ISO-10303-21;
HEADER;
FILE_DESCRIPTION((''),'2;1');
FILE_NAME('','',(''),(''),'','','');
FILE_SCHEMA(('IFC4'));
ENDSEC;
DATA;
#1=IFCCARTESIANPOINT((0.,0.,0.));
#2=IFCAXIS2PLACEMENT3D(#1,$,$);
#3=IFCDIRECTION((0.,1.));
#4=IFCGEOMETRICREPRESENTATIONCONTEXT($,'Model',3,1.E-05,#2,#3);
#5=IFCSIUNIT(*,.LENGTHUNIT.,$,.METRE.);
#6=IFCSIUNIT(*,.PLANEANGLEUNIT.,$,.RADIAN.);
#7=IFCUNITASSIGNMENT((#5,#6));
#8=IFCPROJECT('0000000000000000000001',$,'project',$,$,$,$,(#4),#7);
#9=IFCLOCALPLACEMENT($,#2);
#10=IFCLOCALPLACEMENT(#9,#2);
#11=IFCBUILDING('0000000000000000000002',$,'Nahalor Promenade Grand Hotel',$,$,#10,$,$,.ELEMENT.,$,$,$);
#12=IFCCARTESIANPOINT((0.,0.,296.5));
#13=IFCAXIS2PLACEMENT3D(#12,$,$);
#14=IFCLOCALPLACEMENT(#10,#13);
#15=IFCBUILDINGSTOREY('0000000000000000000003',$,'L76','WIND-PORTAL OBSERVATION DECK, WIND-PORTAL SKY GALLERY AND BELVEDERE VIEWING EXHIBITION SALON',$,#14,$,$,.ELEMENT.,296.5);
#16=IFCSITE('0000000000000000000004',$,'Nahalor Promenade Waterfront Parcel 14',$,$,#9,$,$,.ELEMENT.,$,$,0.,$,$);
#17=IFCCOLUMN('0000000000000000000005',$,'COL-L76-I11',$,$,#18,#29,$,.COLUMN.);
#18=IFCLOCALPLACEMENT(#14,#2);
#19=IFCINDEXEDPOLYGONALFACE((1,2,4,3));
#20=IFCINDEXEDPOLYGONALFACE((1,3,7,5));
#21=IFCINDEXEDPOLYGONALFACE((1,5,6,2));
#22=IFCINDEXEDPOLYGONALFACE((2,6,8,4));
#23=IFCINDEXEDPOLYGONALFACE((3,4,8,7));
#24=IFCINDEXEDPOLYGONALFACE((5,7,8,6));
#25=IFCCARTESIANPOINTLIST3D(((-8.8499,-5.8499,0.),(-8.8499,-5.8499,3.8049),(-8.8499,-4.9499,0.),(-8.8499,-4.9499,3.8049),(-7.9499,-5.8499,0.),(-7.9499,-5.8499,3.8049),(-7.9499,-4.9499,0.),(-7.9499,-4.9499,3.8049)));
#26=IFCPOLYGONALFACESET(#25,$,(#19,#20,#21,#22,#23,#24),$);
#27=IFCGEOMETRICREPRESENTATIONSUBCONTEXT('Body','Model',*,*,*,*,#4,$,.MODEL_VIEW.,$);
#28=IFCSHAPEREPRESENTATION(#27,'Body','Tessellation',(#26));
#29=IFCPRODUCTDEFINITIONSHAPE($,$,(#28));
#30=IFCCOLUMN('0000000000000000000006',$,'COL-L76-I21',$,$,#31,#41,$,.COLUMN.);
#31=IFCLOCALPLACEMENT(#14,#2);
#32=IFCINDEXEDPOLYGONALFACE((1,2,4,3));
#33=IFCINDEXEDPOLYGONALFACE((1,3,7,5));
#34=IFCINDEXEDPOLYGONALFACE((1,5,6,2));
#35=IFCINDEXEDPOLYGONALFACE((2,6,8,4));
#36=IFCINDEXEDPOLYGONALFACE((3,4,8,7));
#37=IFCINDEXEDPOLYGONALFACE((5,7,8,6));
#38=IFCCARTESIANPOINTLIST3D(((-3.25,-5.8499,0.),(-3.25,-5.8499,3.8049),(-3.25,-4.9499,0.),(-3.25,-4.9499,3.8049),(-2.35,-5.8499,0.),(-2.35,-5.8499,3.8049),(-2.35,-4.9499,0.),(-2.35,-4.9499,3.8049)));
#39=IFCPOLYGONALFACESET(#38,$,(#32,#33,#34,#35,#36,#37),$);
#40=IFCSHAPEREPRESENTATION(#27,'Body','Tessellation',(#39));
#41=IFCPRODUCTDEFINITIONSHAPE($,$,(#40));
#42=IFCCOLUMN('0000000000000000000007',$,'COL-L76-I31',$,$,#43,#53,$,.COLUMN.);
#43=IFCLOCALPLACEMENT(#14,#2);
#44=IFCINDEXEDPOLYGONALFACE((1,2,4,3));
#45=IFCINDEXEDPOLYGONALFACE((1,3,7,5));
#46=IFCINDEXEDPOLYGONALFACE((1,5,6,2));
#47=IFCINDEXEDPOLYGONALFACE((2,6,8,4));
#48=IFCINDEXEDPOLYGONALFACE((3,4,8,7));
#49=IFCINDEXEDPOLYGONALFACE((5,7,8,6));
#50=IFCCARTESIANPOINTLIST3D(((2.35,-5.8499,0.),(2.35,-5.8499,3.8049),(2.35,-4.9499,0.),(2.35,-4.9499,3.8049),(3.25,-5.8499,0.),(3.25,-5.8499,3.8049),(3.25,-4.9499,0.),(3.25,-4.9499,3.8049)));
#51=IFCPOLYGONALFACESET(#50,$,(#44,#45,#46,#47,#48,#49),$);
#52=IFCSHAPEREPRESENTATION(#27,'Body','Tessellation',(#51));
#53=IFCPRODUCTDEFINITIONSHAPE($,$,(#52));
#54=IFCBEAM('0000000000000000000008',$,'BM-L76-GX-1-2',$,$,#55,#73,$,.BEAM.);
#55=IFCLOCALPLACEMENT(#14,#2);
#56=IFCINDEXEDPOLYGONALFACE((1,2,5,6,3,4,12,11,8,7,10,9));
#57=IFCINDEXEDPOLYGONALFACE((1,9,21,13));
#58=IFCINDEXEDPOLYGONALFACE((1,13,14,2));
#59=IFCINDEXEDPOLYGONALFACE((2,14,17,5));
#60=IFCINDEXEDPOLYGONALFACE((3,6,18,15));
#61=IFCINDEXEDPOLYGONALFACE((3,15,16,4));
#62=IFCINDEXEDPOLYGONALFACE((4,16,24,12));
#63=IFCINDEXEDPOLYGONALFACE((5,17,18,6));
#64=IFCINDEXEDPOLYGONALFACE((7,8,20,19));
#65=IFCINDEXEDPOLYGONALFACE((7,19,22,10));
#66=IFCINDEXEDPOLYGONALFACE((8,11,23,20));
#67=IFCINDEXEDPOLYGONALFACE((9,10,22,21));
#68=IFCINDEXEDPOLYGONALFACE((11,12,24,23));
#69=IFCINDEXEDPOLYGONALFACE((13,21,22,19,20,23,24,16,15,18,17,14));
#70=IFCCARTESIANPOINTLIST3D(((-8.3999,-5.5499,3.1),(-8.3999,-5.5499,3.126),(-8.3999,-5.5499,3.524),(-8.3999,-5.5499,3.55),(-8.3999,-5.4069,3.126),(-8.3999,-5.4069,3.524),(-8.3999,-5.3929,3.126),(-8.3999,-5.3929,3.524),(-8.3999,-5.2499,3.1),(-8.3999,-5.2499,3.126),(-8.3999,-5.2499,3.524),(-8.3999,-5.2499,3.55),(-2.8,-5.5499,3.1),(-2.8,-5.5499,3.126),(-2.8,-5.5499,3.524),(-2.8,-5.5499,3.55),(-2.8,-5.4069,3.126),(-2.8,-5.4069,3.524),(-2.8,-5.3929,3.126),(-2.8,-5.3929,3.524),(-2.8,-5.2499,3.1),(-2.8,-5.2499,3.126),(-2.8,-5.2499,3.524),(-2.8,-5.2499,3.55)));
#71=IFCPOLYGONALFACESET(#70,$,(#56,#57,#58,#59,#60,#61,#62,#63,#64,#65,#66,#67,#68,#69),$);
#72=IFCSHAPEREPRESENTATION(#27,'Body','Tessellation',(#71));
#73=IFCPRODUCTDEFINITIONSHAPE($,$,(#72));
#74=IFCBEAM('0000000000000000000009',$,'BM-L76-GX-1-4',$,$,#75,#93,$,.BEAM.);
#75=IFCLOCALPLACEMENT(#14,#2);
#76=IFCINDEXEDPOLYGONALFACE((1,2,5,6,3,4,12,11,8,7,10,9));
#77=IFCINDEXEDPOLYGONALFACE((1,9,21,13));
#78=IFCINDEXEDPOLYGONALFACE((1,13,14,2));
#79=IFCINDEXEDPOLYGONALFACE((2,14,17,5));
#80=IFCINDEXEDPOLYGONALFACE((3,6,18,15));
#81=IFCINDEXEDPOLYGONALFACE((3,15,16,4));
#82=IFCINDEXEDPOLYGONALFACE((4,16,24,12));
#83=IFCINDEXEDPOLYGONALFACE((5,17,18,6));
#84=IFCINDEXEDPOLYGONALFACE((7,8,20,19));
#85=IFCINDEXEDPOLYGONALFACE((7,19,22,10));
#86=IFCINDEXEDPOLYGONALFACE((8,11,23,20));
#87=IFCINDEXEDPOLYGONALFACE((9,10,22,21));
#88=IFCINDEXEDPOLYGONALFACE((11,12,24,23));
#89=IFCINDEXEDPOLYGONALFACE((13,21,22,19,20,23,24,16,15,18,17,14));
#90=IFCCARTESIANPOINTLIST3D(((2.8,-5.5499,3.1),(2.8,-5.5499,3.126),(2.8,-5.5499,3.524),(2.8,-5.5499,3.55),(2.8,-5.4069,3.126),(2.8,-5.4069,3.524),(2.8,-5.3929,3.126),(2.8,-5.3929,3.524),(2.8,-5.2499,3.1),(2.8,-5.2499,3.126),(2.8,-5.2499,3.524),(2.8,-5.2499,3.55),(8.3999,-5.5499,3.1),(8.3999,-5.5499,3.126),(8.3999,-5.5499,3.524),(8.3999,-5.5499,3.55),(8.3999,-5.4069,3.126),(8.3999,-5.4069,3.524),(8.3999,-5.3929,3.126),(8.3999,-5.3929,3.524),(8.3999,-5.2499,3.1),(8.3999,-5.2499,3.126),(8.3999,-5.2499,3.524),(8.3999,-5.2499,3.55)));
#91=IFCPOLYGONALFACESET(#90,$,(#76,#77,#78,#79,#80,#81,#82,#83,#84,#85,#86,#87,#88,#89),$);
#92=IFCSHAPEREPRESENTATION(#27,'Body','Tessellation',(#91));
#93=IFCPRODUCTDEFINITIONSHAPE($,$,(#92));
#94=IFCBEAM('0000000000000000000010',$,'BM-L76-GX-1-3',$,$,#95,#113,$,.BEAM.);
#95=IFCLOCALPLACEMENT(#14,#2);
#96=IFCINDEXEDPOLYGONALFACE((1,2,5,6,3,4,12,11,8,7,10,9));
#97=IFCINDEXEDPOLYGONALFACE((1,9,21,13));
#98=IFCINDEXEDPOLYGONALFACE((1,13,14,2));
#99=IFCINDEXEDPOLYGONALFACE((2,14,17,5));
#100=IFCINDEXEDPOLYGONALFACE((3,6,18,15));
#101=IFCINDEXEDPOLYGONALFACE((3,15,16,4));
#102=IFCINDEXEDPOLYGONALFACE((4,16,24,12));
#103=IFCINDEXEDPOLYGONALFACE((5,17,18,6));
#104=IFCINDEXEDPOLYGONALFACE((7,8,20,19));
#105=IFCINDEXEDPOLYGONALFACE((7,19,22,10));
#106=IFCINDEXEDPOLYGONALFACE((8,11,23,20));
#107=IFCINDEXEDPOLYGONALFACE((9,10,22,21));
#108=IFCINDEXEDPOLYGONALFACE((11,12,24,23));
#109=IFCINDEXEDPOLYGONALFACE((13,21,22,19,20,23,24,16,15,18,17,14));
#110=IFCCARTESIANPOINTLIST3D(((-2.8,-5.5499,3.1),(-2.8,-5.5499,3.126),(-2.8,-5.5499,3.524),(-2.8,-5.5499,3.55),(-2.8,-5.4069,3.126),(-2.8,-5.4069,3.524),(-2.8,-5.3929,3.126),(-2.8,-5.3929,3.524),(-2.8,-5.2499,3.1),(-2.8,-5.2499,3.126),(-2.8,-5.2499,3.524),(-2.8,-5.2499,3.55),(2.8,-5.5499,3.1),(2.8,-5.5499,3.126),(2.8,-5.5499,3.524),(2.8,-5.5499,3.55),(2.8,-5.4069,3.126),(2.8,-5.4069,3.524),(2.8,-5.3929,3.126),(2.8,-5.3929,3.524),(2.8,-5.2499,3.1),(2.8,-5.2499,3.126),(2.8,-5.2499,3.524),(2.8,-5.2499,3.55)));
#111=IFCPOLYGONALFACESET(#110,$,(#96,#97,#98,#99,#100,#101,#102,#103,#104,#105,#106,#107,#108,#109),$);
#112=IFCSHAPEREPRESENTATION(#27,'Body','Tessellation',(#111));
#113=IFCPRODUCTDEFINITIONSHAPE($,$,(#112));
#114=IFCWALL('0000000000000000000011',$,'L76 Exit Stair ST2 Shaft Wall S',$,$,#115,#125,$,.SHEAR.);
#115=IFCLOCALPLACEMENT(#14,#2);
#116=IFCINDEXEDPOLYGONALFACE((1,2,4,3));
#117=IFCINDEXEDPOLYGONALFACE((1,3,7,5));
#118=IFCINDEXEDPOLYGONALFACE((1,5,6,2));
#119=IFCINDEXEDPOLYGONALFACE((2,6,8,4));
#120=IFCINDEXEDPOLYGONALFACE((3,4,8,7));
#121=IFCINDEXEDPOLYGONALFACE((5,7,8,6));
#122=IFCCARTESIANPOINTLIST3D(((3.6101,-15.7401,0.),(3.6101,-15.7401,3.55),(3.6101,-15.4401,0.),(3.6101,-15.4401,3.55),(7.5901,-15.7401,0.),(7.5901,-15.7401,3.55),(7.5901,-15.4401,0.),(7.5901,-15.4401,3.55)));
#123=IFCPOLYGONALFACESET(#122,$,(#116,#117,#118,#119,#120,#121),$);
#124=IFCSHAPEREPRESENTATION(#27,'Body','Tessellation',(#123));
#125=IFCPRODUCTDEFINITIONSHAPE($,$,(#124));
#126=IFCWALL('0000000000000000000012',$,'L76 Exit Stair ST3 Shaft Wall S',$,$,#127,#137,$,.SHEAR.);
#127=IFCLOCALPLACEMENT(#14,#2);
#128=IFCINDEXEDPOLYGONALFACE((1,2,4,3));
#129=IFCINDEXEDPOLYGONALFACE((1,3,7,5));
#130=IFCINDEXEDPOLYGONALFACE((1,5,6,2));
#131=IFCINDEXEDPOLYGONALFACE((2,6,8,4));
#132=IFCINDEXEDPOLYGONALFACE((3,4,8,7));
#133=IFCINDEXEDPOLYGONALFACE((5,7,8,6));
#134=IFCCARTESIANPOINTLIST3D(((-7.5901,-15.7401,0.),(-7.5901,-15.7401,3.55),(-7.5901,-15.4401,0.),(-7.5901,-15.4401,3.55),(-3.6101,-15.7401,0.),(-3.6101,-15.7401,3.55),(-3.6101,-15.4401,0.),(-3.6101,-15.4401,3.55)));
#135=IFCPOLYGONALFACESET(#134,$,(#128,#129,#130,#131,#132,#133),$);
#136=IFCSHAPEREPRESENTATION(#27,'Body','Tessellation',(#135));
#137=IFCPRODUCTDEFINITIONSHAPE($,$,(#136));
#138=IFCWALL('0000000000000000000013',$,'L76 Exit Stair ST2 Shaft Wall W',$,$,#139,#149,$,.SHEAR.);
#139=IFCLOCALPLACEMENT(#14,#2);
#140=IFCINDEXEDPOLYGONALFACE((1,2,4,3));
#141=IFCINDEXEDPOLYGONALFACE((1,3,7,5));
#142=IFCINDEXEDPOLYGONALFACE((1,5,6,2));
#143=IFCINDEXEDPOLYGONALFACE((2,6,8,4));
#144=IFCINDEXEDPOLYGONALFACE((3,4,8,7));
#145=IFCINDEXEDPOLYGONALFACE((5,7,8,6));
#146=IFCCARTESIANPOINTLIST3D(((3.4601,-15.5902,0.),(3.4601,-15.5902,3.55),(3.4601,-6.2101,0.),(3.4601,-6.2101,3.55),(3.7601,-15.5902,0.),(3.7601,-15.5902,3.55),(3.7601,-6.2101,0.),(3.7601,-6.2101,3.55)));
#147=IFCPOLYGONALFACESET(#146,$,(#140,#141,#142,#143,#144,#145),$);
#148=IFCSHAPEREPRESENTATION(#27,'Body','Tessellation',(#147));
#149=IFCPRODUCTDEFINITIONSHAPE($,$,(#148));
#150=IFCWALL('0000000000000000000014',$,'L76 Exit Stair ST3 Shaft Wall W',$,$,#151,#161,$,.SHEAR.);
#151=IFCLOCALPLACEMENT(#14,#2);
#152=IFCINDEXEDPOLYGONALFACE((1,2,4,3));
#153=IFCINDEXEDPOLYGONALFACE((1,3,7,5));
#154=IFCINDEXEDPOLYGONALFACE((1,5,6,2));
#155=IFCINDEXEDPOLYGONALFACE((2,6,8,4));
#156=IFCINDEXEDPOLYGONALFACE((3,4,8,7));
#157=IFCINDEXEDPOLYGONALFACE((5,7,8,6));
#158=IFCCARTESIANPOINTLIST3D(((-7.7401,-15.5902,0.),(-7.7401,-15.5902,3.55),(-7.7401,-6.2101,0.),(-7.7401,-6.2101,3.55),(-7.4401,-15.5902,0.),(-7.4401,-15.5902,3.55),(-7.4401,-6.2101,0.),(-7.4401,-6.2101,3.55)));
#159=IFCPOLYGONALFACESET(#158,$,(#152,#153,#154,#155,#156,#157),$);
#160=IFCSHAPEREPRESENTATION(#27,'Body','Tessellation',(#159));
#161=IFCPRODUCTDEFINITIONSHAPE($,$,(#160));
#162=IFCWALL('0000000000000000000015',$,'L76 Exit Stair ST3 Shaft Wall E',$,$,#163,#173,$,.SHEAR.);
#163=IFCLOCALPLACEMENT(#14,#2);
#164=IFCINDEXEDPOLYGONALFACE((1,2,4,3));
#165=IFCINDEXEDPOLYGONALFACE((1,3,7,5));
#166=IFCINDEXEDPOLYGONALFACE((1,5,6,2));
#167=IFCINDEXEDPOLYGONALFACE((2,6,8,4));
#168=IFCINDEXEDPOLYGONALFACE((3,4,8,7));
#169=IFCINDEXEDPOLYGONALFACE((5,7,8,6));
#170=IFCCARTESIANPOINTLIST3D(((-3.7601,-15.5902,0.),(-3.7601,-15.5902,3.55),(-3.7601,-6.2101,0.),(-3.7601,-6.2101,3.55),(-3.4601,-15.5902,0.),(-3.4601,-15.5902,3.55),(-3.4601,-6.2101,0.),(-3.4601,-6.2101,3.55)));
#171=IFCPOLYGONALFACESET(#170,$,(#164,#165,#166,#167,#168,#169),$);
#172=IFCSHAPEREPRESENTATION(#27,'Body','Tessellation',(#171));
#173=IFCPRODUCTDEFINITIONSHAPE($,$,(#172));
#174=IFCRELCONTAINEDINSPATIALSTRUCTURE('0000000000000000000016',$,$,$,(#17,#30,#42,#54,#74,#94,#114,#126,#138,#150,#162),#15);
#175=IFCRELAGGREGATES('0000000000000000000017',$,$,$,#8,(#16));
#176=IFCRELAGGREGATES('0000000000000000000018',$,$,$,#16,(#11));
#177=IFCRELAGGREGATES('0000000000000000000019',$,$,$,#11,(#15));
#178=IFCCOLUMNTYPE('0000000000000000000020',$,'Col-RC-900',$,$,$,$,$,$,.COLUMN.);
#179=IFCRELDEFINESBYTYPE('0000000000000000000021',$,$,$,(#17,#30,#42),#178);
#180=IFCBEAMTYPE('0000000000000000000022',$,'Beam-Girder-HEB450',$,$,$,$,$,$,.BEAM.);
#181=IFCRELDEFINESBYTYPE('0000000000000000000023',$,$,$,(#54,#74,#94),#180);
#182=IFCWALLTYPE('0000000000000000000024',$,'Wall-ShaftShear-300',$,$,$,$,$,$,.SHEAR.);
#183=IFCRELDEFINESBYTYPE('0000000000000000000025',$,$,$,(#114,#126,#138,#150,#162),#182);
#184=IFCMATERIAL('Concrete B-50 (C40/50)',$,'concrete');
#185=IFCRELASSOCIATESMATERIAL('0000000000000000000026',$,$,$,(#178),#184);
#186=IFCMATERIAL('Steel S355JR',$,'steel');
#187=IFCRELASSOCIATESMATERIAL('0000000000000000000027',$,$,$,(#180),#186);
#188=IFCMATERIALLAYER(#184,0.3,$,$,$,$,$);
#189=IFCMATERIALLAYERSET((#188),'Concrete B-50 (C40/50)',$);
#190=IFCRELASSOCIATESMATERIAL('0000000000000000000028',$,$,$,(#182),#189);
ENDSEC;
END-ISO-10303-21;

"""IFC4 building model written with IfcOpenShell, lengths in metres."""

from ifc_helpers import new_model, si_unit, direction, frame, frame_2d, origin, origin_2d, place, context, subcontext, project, spatial, rectangle, i_section, extrude, source, transform, mapped, material, layer, layer_set, material_profile, profile_set, type_object, element, save


model = new_model("IFC4")

# Units and contexts
model_context = context("Model", 3, precision=1e-05, world=origin(), true_north=direction((0.0, 1.0)))
body_context = subcontext(model_context, "Body", "Model", "MODEL_VIEW")
ifc_project = project(units=[si_unit("LENGTHUNIT", "METRE"), si_unit("PLANEANGLEUNIT", "RADIAN")], contexts=[model_context])

# Site, building, storey
site_placement = place(None, origin())
site = spatial("IfcSite", under=ifc_project, at=site_placement, Name="Nahalor Promenade Waterfront Parcel 14", CompositionType="ELEMENT", RefElevation=0.0)
building_placement = place(site_placement, origin())
building = spatial("IfcBuilding", under=site, at=building_placement, Name="Nahalor Promenade Grand Hotel", CompositionType="ELEMENT")
storey_placement = place(building_placement, frame((0.0, 0.0, 296.5)))
storey = spatial("IfcBuildingStorey", under=building, at=storey_placement, Name="L76", Description="WIND-PORTAL OBSERVATION DECK, WIND-PORTAL SKY GALLERY AND BELVEDERE VIEWING EXHIBITION SALON", CompositionType="ELEMENT", Elevation=296.5)

# Columns
ifc_material_1 = material(Name="Concrete B-50 (C40/50)", Category="concrete")
ifc_material_profile_1 = material_profile(ifc_material_1, rectangle(XDim=0.9, YDim=0.9, at=origin_2d()), Name="RC 900x900")
ifc_profile_set_1 = profile_set([ifc_material_profile_1], Name="Concrete B-50 (C40/50)")
column_type = type_object("IfcColumnType", Name="Col-RC-900", PredefinedType="COLUMN", material=ifc_profile_set_1)
shared_shape_1 = source(origin(), body_context, "Body", "SweptSolid", [
    extrude(rectangle(XDim=0.9, YDim=0.9, at=origin_2d()), origin(), (0.0, 0.0, 1.0), 3.8049),
])
for number, where, z_axis, x_axis, name in (
    (1, (-8.3999, -5.3999, 0.0), (0.0, 0.0, 1.0), (1.0, 0.0, 0.0), "COL-L76-I11"),
    (2, (-2.8, -5.3999, 0.0), (0.0, 0.0, 1.0), (1.0, 0.0, 0.0), "COL-L76-I21"),
    (3, (2.8, -5.3999, 0.0), (0.0, 0.0, 1.0), (1.0, 0.0, 0.0), "COL-L76-I31"),
):
    element("IfcColumn", number, at=place(storey_placement, frame(where, z_axis=z_axis, x_axis=x_axis)), inside=storey, type_object=column_type, Name=name, PredefinedType="COLUMN", context=body_context, shape_type="MappedRepresentation", body=[
        mapped(shared_shape_1, transform((0.0, 0.0, 0.0), scale=1.0)),
    ])

# Beams
ifc_material_2 = material(Name="Steel S355JR", Category="steel")
ifc_material_profile_2 = material_profile(ifc_material_2, i_section(OverallWidth=0.3, OverallDepth=0.45, WebThickness=0.014, FlangeThickness=0.026, at=origin_2d()), Name="HEB 450")
ifc_profile_set_2 = profile_set([ifc_material_profile_2], Name="Steel S355JR")
beam_type = type_object("IfcBeamType", Name="Beam-Girder-HEB450", PredefinedType="BEAM", material=ifc_profile_set_2)
shared_shape_2 = source(origin(), body_context, "Body", "SweptSolid", [
    extrude(i_section(OverallWidth=0.3, OverallDepth=0.45, WebThickness=0.014, FlangeThickness=0.026, at=origin_2d()), origin(), (0.0, 0.0, 1.0), 5.5999),
])
for number, where, z_axis, x_axis, name in (
    (4, (-8.3999, -5.3999, 3.325), (1.0, 0.0, 0.0), (0.0, 1.0, 0.0), "BM-L76-GX-1-2"),
    (5, (2.8, -5.3999, 3.325), (1.0, 0.0, 0.0), (0.0, 1.0, 0.0), "BM-L76-GX-1-4"),
):
    element("IfcBeam", number, at=place(storey_placement, frame(where, z_axis=z_axis, x_axis=x_axis)), inside=storey, type_object=beam_type, Name=name, PredefinedType="BEAM", context=body_context, shape_type="MappedRepresentation", body=[
        mapped(shared_shape_2, transform((0.0, 0.0, 0.0), scale=1.0)),
    ])
shared_shape_3 = source(origin(), body_context, "Body", "SweptSolid", [
    extrude(i_section(OverallWidth=0.3, OverallDepth=0.45, WebThickness=0.014, FlangeThickness=0.026, at=origin_2d()), origin(), (0.0, 0.0, 1.0), 5.6001),
])
beam_placement = place(storey_placement, frame((-2.8, -5.3999, 3.325), z_axis=(1.0, 0.0, 0.0), x_axis=(0.0, 1.0, 0.0)))
element("IfcBeam", 6, at=beam_placement, inside=storey, type_object=beam_type, Name="BM-L76-GX-1-3", PredefinedType="BEAM", context=body_context, shape_type="MappedRepresentation", body=[
    mapped(shared_shape_3, transform((0.0, 0.0, 0.0), scale=1.0)),
])

# Wall
ifc_layer_1 = layer(ifc_material_1, 0.3)
ifc_layer_set_1 = layer_set([ifc_layer_1], Name="Concrete B-50 (C40/50)")
wall_type = type_object("IfcWallType", Name="Wall-ShaftShear-300", PredefinedType="SHEAR", material=ifc_layer_set_1)
shared_shape_4 = source(origin(), body_context, "Body", "SweptSolid", [
    extrude(rectangle(XDim=3.98, YDim=0.3, at=frame_2d((1.99, 0.0))), origin(), (0.0, 0.0, 1.0), 3.55),
])
wall_1_placement = place(storey_placement, frame((3.6101, -15.5901, 0.0), z_axis=(0.0, 0.0, 1.0), x_axis=(1.0, 0.0, 0.0)))
element("IfcWall", 7, at=wall_1_placement, inside=storey, type_object=wall_type, Name="L76 Exit Stair ST2 Shaft Wall S", PredefinedType="SHEAR", context=body_context, shape_type="MappedRepresentation", body=[
    mapped(shared_shape_4, transform((0.0, 0.0, 0.0), scale=1.0)),
])

# Wall
wall_2_placement = place(storey_placement, frame((-7.5901, -15.5901, 0.0), z_axis=(0.0, 0.0, 1.0), x_axis=(1.0, 0.0, 0.0)))
element("IfcWall", 8, at=wall_2_placement, inside=storey, type_object=wall_type, Name="L76 Exit Stair ST3 Shaft Wall S", PredefinedType="SHEAR", context=body_context, shape_type="MappedRepresentation", body=[
    mapped(shared_shape_4, transform((0.0, 0.0, 0.0), scale=1.0)),
])

# Walls
shared_shape_5 = source(origin(), body_context, "Body", "SweptSolid", [
    extrude(rectangle(XDim=9.3801, YDim=0.3, at=frame_2d((4.6899, 0.0))), origin(), (0.0, 0.0, 1.0), 3.55),
])
for number, where, z_axis, x_axis, name in (
    (9, (3.6101, -15.5901, 0.0), (0.0, 0.0, 1.0), (0.0, 1.0, 0.0), "L76 Exit Stair ST2 Shaft Wall W"),
    (10, (-7.5901, -15.5901, 0.0), (0.0, 0.0, 1.0), (0.0, 1.0, 0.0), "L76 Exit Stair ST3 Shaft Wall W"),
    (11, (-3.6101, -15.5901, 0.0), (0.0, 0.0, 1.0), (0.0, 1.0, 0.0), "L76 Exit Stair ST3 Shaft Wall E"),
):
    element("IfcWall", number, at=place(storey_placement, frame(where, z_axis=z_axis, x_axis=x_axis)), inside=storey, type_object=wall_type, Name=name, PredefinedType="SHEAR", context=body_context, shape_type="MappedRepresentation", body=[
        mapped(shared_shape_5, transform((0.0, 0.0, 0.0), scale=1.0)),
    ])

save(model, "model.ifc")
